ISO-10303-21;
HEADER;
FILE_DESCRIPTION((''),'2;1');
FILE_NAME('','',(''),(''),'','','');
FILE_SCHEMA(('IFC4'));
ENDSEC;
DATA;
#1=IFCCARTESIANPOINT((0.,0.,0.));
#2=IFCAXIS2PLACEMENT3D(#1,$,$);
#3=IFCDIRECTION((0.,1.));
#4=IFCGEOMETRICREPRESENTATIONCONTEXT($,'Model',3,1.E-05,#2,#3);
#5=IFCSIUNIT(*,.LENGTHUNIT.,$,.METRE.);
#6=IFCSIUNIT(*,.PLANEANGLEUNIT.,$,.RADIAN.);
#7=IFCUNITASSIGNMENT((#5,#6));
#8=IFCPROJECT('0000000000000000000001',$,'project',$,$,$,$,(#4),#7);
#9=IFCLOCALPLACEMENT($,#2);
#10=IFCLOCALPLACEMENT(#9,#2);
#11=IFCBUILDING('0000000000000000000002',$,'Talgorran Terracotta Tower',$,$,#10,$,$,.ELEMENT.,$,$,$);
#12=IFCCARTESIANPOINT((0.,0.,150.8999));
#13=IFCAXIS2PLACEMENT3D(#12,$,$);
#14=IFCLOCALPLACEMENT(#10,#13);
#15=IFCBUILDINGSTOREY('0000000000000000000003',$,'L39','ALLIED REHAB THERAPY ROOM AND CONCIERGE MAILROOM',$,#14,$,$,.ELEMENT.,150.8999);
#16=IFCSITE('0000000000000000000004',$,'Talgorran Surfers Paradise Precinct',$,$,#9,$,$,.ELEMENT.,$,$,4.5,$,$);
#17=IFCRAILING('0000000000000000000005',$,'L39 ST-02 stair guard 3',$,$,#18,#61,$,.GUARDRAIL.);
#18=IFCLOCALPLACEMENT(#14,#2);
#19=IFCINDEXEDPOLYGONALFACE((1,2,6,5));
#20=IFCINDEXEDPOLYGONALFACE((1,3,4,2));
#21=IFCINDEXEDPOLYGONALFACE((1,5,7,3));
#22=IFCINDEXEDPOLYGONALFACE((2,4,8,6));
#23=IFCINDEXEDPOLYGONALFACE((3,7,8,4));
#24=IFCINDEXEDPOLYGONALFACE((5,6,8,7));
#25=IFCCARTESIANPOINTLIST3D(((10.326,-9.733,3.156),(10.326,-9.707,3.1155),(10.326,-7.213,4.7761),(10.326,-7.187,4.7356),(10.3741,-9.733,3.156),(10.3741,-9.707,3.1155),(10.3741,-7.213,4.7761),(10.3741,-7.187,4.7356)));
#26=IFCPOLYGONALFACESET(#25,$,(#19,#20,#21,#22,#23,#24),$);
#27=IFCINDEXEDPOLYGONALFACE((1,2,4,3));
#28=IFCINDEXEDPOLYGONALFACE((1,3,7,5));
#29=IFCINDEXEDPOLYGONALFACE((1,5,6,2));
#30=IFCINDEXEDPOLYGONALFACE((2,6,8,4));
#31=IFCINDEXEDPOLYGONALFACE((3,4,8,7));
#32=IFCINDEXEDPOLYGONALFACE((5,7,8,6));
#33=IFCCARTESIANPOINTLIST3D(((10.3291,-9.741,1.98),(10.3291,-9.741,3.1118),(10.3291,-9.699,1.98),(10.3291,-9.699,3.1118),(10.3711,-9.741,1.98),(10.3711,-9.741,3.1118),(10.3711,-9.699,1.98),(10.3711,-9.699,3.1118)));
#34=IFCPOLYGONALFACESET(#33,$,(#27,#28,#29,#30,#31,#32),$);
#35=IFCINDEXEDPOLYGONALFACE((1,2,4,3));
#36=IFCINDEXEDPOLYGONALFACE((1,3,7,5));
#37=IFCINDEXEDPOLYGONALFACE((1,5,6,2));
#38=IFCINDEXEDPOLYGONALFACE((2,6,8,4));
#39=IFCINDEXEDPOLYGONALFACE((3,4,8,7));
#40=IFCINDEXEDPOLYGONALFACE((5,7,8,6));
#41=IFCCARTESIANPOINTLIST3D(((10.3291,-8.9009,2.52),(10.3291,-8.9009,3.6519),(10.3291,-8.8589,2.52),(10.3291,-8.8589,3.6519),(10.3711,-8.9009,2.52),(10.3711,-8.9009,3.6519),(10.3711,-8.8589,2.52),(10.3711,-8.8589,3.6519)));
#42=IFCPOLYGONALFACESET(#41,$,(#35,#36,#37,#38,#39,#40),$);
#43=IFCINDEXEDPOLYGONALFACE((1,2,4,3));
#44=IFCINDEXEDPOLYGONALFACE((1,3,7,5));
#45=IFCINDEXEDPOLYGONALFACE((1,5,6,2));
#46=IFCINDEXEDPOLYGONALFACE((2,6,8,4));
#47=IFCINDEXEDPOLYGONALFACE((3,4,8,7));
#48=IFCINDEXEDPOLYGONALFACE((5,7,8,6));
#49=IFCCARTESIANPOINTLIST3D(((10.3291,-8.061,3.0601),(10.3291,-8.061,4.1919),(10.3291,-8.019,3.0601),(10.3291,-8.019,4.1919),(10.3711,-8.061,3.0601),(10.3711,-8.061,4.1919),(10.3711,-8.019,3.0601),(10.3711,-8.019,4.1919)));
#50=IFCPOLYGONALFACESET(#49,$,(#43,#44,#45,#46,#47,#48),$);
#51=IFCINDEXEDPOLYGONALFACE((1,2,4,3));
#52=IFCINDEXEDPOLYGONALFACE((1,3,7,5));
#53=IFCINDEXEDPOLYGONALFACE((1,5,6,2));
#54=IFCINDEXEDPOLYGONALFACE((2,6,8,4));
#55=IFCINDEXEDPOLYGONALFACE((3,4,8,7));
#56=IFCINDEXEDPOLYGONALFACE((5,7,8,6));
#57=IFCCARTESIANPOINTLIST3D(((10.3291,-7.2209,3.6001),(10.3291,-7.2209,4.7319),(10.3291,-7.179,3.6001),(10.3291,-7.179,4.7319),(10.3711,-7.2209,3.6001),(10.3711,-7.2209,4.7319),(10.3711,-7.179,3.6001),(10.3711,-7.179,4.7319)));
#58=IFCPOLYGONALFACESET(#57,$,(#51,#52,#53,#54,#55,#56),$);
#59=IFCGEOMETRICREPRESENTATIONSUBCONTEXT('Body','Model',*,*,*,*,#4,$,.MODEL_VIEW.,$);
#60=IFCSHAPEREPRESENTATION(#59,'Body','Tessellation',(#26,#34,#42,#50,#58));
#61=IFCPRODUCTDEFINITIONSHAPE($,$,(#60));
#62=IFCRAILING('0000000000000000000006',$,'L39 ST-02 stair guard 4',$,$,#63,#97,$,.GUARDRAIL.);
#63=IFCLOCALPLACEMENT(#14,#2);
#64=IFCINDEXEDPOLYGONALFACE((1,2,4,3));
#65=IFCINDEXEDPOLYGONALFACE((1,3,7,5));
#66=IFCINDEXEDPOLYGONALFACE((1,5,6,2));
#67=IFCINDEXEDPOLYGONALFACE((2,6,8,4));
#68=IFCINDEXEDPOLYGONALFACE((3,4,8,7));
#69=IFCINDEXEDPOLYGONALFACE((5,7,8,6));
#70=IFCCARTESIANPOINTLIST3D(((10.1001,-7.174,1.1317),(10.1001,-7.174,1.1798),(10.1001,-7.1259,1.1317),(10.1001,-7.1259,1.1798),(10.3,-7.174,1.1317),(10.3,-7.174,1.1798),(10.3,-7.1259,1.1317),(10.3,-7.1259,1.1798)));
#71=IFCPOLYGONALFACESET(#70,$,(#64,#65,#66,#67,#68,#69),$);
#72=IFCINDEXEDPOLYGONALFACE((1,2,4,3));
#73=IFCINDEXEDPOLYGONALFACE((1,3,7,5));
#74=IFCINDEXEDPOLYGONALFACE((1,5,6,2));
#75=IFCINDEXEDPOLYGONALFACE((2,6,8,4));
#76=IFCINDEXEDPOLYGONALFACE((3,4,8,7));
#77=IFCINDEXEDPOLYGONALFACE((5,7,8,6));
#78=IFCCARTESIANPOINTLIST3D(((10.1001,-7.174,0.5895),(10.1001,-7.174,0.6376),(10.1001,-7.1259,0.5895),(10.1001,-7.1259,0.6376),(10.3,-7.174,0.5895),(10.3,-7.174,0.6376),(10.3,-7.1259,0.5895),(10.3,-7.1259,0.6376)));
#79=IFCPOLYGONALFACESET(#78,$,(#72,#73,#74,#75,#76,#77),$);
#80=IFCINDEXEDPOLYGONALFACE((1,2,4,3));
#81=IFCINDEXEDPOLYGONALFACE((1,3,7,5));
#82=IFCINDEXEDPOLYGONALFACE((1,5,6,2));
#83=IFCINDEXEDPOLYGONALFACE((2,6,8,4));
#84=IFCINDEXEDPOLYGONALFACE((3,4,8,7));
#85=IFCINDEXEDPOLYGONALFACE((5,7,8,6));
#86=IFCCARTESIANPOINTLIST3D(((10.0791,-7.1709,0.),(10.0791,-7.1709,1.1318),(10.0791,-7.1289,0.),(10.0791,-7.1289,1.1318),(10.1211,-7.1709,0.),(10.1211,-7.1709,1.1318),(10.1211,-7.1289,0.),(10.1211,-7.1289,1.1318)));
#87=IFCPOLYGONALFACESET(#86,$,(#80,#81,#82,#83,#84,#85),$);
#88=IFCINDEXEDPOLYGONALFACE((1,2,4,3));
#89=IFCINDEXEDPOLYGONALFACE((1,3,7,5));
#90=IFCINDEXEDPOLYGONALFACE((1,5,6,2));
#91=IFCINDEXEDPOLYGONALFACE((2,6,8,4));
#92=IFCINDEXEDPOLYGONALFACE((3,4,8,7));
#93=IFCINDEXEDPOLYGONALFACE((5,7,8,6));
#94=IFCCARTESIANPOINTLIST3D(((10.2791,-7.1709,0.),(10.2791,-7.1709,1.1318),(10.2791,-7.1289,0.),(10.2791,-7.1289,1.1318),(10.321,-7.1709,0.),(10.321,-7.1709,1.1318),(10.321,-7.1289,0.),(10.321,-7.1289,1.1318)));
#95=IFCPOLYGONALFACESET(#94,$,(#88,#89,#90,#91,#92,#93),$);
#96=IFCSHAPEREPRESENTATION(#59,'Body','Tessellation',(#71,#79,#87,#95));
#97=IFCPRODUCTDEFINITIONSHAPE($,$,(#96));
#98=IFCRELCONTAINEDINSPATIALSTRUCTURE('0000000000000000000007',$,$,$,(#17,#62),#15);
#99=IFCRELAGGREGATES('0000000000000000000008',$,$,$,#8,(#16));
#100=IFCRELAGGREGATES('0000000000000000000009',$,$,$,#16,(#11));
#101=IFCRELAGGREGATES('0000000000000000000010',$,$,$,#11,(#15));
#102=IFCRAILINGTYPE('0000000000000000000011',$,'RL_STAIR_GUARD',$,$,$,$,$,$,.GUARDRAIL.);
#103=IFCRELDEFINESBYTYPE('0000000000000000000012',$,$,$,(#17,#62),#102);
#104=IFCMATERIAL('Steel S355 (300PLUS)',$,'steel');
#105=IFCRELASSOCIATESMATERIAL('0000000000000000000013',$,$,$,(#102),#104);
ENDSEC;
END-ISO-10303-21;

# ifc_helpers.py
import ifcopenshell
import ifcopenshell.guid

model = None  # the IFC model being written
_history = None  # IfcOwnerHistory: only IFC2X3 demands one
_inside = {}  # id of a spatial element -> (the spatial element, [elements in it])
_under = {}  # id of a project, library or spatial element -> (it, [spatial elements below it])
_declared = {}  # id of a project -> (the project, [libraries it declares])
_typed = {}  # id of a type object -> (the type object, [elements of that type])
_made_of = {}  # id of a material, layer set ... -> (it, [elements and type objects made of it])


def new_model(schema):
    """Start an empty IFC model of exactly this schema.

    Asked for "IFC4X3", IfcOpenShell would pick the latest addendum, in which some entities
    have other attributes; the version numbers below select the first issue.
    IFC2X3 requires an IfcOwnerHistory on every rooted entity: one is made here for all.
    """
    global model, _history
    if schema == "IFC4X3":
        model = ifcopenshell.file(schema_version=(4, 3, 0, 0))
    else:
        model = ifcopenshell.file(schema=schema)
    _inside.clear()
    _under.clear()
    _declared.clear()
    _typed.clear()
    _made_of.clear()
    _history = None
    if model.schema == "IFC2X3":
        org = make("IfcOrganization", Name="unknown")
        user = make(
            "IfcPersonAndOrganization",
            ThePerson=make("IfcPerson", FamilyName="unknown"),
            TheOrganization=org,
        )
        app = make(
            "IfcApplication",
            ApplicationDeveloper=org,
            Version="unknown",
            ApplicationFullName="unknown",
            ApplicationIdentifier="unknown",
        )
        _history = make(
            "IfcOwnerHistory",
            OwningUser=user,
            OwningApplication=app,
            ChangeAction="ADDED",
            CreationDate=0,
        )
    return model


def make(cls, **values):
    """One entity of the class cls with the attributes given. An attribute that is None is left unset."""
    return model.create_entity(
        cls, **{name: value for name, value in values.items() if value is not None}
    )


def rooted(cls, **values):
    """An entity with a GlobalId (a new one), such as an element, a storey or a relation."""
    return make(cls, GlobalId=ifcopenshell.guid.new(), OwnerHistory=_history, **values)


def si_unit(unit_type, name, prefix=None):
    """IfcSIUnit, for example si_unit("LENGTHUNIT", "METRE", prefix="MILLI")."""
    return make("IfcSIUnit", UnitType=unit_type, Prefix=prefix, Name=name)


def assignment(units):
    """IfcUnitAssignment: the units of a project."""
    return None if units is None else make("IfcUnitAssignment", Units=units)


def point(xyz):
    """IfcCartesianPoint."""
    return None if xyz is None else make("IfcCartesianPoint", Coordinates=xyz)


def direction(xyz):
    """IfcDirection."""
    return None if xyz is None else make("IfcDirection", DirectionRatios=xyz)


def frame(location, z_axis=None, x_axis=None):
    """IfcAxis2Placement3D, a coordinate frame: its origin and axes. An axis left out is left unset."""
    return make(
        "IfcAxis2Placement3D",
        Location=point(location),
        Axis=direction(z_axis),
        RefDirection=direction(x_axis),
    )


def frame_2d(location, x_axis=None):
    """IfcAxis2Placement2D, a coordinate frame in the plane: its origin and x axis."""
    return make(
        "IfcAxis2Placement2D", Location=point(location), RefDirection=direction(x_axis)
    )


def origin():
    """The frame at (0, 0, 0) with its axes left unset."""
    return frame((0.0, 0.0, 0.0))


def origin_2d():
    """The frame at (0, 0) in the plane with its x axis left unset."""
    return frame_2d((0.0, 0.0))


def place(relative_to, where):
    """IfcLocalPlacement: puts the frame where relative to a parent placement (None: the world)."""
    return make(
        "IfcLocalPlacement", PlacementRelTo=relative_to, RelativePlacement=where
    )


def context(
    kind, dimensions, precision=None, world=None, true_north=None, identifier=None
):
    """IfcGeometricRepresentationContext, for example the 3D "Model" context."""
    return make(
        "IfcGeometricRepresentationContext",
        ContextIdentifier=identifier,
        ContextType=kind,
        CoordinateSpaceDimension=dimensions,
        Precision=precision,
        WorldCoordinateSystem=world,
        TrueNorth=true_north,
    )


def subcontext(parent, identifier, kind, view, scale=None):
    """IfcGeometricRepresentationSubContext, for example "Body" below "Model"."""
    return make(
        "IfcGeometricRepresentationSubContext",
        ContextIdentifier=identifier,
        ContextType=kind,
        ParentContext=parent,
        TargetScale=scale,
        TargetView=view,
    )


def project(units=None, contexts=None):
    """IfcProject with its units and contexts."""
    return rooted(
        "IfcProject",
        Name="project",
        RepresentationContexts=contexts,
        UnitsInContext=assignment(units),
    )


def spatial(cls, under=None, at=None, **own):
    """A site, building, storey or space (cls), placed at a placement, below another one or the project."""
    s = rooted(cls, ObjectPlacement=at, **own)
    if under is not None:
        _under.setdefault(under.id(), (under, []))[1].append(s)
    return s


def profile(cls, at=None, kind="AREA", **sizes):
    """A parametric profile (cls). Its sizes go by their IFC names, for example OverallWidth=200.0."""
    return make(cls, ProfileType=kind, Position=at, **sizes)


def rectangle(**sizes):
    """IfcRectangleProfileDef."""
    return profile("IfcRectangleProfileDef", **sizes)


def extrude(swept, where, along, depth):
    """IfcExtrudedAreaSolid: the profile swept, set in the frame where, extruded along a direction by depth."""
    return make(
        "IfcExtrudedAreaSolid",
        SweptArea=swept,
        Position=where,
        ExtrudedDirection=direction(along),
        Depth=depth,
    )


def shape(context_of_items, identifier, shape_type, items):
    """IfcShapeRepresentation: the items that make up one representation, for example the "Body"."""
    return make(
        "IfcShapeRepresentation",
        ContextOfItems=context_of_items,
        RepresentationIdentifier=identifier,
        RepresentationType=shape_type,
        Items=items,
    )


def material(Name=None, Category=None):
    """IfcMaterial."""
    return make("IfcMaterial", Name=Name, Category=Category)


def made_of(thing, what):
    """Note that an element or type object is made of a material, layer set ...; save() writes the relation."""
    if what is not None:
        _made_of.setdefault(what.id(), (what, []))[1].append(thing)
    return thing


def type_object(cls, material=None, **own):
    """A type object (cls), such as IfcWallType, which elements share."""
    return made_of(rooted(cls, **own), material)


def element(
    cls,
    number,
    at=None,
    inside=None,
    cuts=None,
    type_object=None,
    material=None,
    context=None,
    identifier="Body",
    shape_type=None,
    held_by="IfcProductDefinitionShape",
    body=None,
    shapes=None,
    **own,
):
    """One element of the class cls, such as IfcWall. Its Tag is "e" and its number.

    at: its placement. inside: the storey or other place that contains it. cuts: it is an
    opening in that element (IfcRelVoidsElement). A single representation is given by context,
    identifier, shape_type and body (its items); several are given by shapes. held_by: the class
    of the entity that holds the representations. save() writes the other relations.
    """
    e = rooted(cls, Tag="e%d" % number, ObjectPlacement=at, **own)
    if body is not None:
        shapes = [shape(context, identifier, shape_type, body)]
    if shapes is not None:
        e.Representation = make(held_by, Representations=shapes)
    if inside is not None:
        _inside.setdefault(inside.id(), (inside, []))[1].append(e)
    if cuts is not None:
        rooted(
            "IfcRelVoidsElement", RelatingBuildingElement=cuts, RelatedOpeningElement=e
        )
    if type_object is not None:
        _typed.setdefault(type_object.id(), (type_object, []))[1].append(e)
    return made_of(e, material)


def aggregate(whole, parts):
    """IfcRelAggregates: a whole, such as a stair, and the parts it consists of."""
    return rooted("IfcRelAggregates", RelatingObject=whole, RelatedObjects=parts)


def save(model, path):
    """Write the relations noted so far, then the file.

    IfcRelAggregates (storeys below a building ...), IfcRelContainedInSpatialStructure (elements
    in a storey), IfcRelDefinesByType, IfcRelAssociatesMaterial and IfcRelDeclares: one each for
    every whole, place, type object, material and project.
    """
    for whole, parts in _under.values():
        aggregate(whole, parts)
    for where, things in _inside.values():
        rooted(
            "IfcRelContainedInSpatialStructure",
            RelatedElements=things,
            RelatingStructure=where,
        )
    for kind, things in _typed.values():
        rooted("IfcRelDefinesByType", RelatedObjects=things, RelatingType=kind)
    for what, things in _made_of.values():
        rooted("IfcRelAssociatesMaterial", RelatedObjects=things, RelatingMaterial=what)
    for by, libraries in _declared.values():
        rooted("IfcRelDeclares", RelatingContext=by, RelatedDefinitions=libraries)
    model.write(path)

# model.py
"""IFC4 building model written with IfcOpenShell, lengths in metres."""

from ifc_helpers import new_model, si_unit, direction, frame, origin, origin_2d, place, context, subcontext, project, spatial, rectangle, extrude, material, type_object, element, save


model = new_model("IFC4")

# Units and contexts
model_context = context("Model", 3, precision=1e-05, world=origin(), true_north=direction((0.0, 1.0)))
body_context = subcontext(model_context, "Body", "Model", "MODEL_VIEW")
ifc_project = project(units=[si_unit("LENGTHUNIT", "METRE"), si_unit("PLANEANGLEUNIT", "RADIAN")], contexts=[model_context])

# Site, building, storey
site_placement = place(None, origin())
site = spatial("IfcSite", under=ifc_project, at=site_placement, Name="Talgorran Surfers Paradise Precinct", CompositionType="ELEMENT", RefElevation=4.5)
building_placement = place(site_placement, origin())
building = spatial("IfcBuilding", under=site, at=building_placement, Name="Talgorran Terracotta Tower", CompositionType="ELEMENT")
storey_placement = place(building_placement, frame((0.0, 0.0, 150.8999)))
storey = spatial("IfcBuildingStorey", under=building, at=storey_placement, Name="L39", Description="ALLIED REHAB THERAPY ROOM AND CONCIERGE MAILROOM", CompositionType="ELEMENT", Elevation=150.8999)

# Shared definitions
ifc_material_1 = material(Name="Steel S355 (300PLUS)", Category="steel")

# Railings
railing_type_1 = type_object("IfcRailingType", Name="RL_STAIR_GUARD", PredefinedType="GUARDRAIL", material=ifc_material_1)
railing_1_placement = place(storey_placement, frame((10.3501, -9.72, 1.98)))
element("IfcRailing", 1, at=railing_1_placement, inside=storey, type_object=railing_type_1, Name="L39 ST-02 stair guard 3", PredefinedType="GUARDRAIL", context=body_context, shape_type="SweptSolid", body=[
    extrude(rectangle(XDim=0.0481, YDim=0.0481, at=origin_2d()), frame((0.0, 0.0, 1.1558), z_axis=(0.0, 0.841163, 0.540782), x_axis=(-1.0, 0.0, 0.0)), (0.0, 0.0, 1.0), 2.9958),
    extrude(rectangle(XDim=0.042, YDim=0.042, at=origin_2d()), origin(), (0.0, 0.0, 1.0), 1.1318),
    extrude(rectangle(XDim=0.042, YDim=0.042, at=origin_2d()), frame((0.0, 0.8401, 0.54)), (0.0, 0.0, 1.0), 1.1318),
    extrude(rectangle(XDim=0.042, YDim=0.042, at=origin_2d()), frame((0.0, 1.6799, 1.0801)), (0.0, 0.0, 1.0), 1.1318),
    extrude(rectangle(XDim=0.042, YDim=0.042, at=origin_2d()), frame((0.0, 2.52, 1.6201)), (0.0, 0.0, 1.0), 1.1318),
])
railing_2_placement = place(storey_placement, frame((10.1001, -7.1499, 0.0)))
element("IfcRailing", 2, at=railing_2_placement, inside=storey, type_object=railing_type_1, Name="L39 ST-02 stair guard 4", PredefinedType="GUARDRAIL", context=body_context, shape_type="SweptSolid", body=[
    extrude(rectangle(XDim=0.0481, YDim=0.0481, at=origin_2d()), frame((0.0, 0.0, 1.1558), z_axis=(1.0, 0.0, 0.0), x_axis=(0.0, 1.0, 0.0)), (0.0, 0.0, 1.0), 0.2),
    extrude(rectangle(XDim=0.0481, YDim=0.0481, at=origin_2d()), frame((0.0, 0.0, 0.6135), z_axis=(1.0, 0.0, 0.0), x_axis=(0.0, 1.0, 0.0)), (0.0, 0.0, 1.0), 0.2),
    extrude(rectangle(XDim=0.042, YDim=0.042, at=origin_2d()), origin(), (0.0, 0.0, 1.0), 1.1318),
    extrude(rectangle(XDim=0.042, YDim=0.042, at=origin_2d()), frame((0.2, 0.0, 0.0)), (0.0, 0.0, 1.0), 1.1318),
])

save(model, "model.ifc")
